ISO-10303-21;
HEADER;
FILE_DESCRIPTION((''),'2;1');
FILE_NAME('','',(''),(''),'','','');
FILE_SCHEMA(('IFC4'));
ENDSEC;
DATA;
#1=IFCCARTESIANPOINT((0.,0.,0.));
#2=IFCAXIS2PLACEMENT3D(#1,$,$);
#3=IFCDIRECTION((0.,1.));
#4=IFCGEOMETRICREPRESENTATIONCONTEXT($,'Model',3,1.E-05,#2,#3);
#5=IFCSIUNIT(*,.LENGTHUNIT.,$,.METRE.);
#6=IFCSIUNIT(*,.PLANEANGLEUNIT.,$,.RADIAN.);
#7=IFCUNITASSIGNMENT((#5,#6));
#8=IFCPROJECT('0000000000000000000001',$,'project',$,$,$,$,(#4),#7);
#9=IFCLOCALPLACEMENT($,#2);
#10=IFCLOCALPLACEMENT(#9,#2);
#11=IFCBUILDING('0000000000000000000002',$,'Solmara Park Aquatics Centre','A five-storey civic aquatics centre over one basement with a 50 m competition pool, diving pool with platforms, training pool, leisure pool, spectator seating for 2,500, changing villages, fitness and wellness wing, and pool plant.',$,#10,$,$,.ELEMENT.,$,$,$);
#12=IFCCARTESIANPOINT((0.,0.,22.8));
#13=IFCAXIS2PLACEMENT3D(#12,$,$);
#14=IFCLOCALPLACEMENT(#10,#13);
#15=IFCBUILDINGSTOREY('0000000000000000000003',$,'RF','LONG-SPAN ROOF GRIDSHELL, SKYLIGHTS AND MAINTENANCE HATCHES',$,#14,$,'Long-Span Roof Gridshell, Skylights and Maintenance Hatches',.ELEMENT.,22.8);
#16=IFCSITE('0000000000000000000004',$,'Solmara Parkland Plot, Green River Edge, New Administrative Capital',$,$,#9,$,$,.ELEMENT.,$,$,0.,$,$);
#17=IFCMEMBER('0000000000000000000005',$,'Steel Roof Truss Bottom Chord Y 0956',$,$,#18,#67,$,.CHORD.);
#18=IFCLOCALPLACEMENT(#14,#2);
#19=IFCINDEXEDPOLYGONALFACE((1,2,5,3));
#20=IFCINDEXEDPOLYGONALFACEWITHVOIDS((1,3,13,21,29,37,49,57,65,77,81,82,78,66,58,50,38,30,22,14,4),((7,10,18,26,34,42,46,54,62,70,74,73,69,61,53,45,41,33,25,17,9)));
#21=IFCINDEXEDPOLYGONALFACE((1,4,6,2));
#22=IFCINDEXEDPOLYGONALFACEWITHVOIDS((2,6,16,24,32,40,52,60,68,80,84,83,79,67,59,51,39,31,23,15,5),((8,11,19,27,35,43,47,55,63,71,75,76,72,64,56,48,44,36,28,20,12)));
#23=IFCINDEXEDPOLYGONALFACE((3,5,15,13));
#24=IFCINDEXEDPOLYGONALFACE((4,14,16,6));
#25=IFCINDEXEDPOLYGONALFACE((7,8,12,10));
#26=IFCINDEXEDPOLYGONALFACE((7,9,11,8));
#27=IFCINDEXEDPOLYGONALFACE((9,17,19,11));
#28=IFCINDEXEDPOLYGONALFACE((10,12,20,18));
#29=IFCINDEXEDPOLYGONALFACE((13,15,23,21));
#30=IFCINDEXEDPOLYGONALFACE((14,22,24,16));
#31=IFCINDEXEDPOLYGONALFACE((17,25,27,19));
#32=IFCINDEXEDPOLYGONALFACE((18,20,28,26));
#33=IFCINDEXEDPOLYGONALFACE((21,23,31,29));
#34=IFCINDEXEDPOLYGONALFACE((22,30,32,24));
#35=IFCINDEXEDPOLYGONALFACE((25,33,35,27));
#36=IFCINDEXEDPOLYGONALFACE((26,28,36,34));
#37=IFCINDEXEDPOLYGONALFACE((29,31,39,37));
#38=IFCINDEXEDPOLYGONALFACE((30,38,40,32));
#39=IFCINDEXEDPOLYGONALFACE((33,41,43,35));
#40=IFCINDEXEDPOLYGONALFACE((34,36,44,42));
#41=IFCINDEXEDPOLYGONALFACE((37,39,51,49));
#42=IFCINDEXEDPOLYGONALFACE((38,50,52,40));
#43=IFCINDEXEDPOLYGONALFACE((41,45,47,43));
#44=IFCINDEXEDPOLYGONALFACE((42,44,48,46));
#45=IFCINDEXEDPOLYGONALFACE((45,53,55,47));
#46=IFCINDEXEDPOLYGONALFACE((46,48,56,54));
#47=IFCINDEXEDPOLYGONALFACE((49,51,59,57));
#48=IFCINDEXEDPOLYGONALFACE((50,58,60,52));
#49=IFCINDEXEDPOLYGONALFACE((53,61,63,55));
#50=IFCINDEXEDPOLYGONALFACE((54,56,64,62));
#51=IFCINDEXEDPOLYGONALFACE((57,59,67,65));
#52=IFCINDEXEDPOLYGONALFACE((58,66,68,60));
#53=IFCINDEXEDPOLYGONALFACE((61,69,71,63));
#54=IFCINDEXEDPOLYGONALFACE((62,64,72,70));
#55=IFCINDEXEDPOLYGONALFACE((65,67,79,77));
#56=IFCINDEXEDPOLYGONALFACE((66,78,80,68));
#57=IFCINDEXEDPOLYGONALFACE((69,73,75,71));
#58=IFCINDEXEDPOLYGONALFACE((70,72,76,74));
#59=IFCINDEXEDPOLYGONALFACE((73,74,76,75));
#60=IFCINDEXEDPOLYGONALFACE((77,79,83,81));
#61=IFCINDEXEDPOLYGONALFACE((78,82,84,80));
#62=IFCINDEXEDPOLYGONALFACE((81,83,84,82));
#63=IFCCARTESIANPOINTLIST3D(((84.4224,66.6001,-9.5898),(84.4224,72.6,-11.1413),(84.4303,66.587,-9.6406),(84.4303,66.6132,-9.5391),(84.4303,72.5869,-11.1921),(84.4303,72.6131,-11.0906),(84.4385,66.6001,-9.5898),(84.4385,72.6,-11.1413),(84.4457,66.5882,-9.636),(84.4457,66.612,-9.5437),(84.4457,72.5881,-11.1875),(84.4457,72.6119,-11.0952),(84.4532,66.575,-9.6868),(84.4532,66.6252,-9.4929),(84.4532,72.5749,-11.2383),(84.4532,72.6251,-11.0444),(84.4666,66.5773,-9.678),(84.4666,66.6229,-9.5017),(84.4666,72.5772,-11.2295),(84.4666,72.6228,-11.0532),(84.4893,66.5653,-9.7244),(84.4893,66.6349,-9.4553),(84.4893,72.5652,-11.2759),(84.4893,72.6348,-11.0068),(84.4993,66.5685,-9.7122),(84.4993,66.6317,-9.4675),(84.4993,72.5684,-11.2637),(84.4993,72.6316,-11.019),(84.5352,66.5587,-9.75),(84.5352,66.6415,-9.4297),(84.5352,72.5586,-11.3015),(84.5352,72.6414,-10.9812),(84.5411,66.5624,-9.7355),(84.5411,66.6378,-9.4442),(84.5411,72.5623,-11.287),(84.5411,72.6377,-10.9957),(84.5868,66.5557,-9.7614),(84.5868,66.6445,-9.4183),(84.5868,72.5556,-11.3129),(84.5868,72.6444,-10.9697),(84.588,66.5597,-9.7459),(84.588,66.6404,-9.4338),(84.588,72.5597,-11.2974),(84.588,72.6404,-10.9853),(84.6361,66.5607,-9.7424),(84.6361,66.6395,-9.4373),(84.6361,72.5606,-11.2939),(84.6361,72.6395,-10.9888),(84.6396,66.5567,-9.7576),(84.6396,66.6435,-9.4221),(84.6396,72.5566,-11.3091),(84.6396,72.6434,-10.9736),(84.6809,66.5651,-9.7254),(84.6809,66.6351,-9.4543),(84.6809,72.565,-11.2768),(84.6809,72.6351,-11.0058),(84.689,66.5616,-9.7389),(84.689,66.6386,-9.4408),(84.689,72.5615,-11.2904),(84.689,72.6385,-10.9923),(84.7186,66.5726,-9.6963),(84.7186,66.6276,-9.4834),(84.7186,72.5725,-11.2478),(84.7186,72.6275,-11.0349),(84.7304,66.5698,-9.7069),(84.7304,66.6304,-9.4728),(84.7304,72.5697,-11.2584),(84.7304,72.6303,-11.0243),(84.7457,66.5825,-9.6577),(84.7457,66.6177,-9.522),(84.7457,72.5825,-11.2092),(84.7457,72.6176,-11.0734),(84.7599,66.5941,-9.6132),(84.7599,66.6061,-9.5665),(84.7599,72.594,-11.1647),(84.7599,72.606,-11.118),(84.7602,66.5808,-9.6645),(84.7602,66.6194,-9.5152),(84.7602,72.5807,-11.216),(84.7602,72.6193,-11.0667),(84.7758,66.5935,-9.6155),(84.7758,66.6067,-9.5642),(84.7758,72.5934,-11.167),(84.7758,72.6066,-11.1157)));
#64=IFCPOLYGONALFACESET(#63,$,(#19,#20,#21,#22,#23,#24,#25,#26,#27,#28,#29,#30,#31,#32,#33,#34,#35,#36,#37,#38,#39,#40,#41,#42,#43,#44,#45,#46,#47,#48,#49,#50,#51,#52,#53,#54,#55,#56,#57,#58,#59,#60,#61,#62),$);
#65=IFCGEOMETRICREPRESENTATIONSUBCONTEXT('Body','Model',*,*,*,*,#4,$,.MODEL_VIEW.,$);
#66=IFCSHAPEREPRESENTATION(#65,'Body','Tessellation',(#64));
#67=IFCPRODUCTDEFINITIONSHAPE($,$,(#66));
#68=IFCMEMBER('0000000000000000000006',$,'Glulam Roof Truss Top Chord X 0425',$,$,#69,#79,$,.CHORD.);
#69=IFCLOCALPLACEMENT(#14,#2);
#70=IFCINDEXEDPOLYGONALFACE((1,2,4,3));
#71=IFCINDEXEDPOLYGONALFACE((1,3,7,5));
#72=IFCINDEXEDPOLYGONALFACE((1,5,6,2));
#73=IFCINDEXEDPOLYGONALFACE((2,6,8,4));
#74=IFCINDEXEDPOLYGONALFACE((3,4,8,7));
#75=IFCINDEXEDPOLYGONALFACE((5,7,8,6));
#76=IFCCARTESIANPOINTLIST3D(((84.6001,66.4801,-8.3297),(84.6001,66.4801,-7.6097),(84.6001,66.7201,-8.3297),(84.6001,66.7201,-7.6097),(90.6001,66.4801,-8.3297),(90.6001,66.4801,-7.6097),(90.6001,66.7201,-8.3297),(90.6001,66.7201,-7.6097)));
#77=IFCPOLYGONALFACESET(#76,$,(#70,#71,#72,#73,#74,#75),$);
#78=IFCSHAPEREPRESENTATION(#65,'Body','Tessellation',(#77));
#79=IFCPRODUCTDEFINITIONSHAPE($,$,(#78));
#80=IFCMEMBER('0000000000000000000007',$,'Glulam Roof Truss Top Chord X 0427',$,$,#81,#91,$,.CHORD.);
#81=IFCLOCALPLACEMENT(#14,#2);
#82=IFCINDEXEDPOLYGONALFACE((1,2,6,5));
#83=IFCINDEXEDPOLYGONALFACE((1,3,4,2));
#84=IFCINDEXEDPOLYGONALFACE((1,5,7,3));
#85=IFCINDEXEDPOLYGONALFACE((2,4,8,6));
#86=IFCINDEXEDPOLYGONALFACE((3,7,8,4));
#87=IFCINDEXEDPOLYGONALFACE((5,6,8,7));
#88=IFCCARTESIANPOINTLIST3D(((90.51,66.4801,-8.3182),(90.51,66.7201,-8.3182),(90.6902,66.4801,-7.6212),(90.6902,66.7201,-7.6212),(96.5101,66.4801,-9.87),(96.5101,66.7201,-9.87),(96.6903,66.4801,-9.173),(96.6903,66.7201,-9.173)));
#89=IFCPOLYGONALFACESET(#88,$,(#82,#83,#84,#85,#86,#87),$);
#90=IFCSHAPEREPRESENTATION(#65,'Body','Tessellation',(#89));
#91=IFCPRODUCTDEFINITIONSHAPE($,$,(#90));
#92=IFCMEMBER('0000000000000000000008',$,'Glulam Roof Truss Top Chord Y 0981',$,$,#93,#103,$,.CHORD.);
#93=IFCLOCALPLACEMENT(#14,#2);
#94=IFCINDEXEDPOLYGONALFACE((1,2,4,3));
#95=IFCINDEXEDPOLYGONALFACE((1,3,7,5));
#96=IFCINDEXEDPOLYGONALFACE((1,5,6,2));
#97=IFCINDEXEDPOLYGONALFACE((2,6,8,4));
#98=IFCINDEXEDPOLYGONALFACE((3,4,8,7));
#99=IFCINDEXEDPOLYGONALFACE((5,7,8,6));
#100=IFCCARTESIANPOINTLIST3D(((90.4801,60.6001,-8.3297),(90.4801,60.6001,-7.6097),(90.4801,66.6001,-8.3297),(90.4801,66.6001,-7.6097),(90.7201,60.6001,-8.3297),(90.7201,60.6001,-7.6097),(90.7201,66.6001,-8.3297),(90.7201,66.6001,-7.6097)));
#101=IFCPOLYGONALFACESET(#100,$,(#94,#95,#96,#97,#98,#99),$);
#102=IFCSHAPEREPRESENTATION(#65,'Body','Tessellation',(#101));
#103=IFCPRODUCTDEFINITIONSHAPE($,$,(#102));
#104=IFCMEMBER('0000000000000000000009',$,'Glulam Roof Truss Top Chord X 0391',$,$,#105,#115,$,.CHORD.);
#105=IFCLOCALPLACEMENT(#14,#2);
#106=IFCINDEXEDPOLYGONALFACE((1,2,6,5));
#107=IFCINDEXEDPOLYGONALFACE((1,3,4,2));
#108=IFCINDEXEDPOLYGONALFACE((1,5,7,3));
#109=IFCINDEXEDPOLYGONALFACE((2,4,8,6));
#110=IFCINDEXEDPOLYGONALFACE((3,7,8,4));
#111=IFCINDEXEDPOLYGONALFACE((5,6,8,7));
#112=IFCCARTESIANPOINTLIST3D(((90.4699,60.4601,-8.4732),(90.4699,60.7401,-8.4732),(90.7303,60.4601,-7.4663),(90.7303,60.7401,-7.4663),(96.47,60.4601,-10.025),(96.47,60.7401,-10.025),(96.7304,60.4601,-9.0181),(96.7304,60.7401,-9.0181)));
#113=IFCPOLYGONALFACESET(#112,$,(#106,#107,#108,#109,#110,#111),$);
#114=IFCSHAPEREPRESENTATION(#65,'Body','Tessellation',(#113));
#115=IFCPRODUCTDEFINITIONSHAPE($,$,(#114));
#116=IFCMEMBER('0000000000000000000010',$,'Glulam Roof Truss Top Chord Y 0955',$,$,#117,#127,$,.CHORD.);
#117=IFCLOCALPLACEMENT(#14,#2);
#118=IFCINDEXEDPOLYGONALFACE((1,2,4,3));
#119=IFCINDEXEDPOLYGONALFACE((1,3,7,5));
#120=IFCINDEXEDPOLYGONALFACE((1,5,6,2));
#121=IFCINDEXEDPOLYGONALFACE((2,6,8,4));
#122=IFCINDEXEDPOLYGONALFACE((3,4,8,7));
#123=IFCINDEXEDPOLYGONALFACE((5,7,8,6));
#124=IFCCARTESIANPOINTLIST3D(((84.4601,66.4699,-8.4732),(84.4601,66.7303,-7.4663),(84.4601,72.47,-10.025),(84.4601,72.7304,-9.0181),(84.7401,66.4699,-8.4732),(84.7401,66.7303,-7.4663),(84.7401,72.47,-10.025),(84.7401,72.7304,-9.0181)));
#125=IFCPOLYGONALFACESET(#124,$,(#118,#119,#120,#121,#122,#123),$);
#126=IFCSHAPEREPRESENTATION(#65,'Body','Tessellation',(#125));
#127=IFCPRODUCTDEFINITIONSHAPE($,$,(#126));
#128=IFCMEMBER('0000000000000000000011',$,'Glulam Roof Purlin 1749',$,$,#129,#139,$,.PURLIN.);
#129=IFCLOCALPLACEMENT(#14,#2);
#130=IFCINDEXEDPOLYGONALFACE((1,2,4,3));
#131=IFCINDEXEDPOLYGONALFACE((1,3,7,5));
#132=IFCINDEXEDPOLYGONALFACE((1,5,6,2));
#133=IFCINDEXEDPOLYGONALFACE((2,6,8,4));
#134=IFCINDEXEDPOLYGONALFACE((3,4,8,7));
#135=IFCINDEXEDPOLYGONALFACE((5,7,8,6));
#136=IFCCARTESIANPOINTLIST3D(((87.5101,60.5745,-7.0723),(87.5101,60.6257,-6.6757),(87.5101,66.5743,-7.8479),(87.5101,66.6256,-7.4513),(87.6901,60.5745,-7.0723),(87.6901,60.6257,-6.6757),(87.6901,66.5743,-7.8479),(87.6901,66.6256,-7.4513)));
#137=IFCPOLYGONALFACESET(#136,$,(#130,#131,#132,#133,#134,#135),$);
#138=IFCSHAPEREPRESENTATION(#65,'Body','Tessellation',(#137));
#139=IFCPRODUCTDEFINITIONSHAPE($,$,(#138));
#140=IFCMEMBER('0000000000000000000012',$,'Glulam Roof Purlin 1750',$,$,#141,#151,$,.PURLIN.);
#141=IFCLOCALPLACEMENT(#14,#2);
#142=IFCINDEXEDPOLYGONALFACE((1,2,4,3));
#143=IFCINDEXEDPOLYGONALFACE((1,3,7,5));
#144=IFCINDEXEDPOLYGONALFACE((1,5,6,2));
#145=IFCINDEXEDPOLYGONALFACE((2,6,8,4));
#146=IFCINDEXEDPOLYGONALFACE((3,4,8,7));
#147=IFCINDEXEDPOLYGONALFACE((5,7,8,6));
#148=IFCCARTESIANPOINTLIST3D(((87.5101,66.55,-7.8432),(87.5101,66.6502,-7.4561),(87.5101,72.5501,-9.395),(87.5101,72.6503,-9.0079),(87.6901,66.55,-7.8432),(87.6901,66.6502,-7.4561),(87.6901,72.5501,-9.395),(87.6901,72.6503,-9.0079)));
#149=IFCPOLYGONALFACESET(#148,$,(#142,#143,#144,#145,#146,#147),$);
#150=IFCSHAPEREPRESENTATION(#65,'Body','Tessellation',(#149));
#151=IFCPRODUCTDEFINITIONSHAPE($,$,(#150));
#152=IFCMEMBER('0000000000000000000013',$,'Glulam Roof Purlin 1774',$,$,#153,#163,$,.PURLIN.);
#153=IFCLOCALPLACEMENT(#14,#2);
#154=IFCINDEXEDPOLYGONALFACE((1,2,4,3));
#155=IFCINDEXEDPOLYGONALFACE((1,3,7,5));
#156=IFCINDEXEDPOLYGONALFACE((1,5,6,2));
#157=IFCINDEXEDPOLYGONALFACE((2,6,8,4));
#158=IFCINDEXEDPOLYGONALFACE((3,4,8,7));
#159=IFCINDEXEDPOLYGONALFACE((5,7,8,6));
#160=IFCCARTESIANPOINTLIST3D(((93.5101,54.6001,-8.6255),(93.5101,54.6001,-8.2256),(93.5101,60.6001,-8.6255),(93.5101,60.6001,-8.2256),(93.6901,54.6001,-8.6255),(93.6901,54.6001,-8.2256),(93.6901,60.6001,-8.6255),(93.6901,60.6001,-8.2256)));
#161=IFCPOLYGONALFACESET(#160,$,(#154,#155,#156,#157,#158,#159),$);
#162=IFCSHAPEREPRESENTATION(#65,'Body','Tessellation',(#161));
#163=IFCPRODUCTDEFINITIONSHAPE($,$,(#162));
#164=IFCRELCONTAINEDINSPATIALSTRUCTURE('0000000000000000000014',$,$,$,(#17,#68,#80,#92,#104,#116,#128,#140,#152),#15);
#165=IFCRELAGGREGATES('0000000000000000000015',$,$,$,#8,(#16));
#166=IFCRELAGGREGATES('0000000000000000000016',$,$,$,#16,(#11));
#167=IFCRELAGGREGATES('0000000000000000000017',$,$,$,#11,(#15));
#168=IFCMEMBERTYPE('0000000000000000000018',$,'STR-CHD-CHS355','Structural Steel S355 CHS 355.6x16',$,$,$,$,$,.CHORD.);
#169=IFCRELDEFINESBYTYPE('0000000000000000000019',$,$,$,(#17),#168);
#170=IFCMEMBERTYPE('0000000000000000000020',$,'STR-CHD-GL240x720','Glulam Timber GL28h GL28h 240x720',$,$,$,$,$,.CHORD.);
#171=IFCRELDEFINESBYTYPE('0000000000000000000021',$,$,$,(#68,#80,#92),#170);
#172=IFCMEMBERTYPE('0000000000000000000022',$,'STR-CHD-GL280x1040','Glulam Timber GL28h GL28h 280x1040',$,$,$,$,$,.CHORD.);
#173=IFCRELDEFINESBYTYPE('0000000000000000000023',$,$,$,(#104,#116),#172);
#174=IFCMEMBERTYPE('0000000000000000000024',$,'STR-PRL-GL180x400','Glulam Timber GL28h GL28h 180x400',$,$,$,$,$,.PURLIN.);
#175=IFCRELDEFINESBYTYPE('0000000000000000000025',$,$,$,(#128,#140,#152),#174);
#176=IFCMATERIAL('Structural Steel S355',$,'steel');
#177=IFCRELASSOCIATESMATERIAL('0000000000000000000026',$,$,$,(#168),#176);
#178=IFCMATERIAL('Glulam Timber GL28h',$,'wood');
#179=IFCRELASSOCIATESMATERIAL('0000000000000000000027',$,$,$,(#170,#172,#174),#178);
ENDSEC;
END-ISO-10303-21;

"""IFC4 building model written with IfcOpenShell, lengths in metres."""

from ifc_helpers import new_model, si_unit, direction, frame, origin, origin_2d, place, context, subcontext, project, spatial, rectangle, hollow_circle, extrude, material, material_profile, profile_set, type_object, element, save


model = new_model("IFC4")

# Units and contexts
model_context = context("Model", 3, precision=1e-05, world=origin(), true_north=direction((0.0, 1.0)))
body_context = subcontext(model_context, "Body", "Model", "MODEL_VIEW")
ifc_project = project(units=[si_unit("LENGTHUNIT", "METRE"), si_unit("PLANEANGLEUNIT", "RADIAN")], contexts=[model_context])

# Site, building, storey
site_placement = place(None, origin())
site = spatial("IfcSite", under=ifc_project, at=site_placement, Name="Solmara Parkland Plot, Green River Edge, New Administrative Capital", CompositionType="ELEMENT", RefElevation=0.0)
building_placement = place(site_placement, origin())
building = spatial("IfcBuilding", under=site, at=building_placement, Name="Solmara Park Aquatics Centre", Description="A five-storey civic aquatics centre over one basement with a 50 m competition pool, diving pool with platforms, training pool, leisure pool, spectator seating for 2,500, changing villages, fitness and wellness wing, and pool plant.", CompositionType="ELEMENT")
storey_placement = place(building_placement, frame((0.0, 0.0, 22.8)))
storey = spatial("IfcBuildingStorey", under=building, at=storey_placement, Name="RF", Description="LONG-SPAN ROOF GRIDSHELL, SKYLIGHTS AND MAINTENANCE HATCHES", LongName="Long-Span Roof Gridshell, Skylights and Maintenance Hatches", CompositionType="ELEMENT", Elevation=22.8)

# Members
ifc_material_1 = material(Name="Structural Steel S355", Category="steel")
ifc_material_profile_1 = material_profile(ifc_material_1, hollow_circle(Radius=0.1777, WallThickness=0.0161, at=origin_2d()), Name="CHS 355.6x16")
ifc_profile_set_1 = profile_set([ifc_material_profile_1], Name="Structural Steel S355")
member_type_1 = type_object("IfcMemberType", Name="STR-CHD-CHS355", Description="Structural Steel S355 CHS 355.6x16", PredefinedType="CHORD", material=ifc_profile_set_1)
for number, where, z_axis, x_axis, name in (
    (1, (84.6001, 66.6001, -9.5898), (0.0, 0.968155, -0.250351), (-1.0, 0.0, 0.0), "Steel Roof Truss Bottom Chord Y 0956"),
):
    element("IfcMember", number, at=place(storey_placement, frame(where, z_axis=z_axis, x_axis=x_axis)), inside=storey, type_object=member_type_1, Name=name, PredefinedType="CHORD", context=body_context, shape_type="SweptSolid", body=[
        extrude(hollow_circle(Radius=0.1777, WallThickness=0.0161, at=origin_2d()), origin(), (0.0, 0.0, 1.0), 6.1973),
    ])
ifc_material_2 = material(Name="Glulam Timber GL28h", Category="wood")
ifc_material_profile_2 = material_profile(ifc_material_2, rectangle(XDim=0.24, YDim=0.72, at=origin_2d()), Name="GL28h 240x720")
ifc_profile_set_2 = profile_set([ifc_material_profile_2], Name="Glulam Timber GL28h")
member_type_2 = type_object("IfcMemberType", Name="STR-CHD-GL240x720", Description="Glulam Timber GL28h GL28h 240x720", PredefinedType="CHORD", material=ifc_profile_set_2)
member_1_placement = place(storey_placement, frame((84.6001, 66.6001, -7.9697), z_axis=(1.0, 0.0, 0.0), x_axis=(0.0, 1.0, 0.0)))
element("IfcMember", 2, at=member_1_placement, inside=storey, type_object=member_type_2, Name="Glulam Roof Truss Top Chord X 0425", PredefinedType="CHORD", context=body_context, shape_type="SweptSolid", body=[
    extrude(rectangle(XDim=0.24, YDim=0.72, at=origin_2d()), origin(), (0.0, 0.0, 1.0), 6.0),
])
member_2_placement = place(storey_placement, frame((90.6001, 66.6001, -7.9697), z_axis=(0.968146, 0.0, -0.250388), x_axis=(0.0, 1.0, 0.0)))
element("IfcMember", 3, at=member_2_placement, inside=storey, type_object=member_type_2, Name="Glulam Roof Truss Top Chord X 0427", PredefinedType="CHORD", context=body_context, shape_type="SweptSolid", body=[
    extrude(rectangle(XDim=0.24, YDim=0.72, at=origin_2d()), origin(), (0.0, 0.0, 1.0), 6.1975),
])
member_3_placement = place(storey_placement, frame((90.6001, 60.6001, -7.9697), z_axis=(0.0, 1.0, 0.0), x_axis=(-1.0, 0.0, 0.0)))
element("IfcMember", 4, at=member_3_placement, inside=storey, type_object=member_type_2, Name="Glulam Roof Truss Top Chord Y 0981", PredefinedType="CHORD", context=body_context, shape_type="SweptSolid", body=[
    extrude(rectangle(XDim=0.24, YDim=0.72, at=origin_2d()), origin(), (0.0, 0.0, 1.0), 6.0),
])
ifc_material_profile_3 = material_profile(ifc_material_2, rectangle(XDim=0.28, YDim=1.04, at=origin_2d()), Name="GL28h 280x1040")
ifc_profile_set_3 = profile_set([ifc_material_profile_3], Name="Glulam Timber GL28h")
member_type_3 = type_object("IfcMemberType", Name="STR-CHD-GL280x1040", Description="Glulam Timber GL28h GL28h 280x1040", PredefinedType="CHORD", material=ifc_profile_set_3)
for number, where, z_axis, x_axis, name in (
    (5, (90.6001, 60.6001, -7.9697), (0.968146, 0.0, -0.250388), (0.0, 1.0, 0.0), "Glulam Roof Truss Top Chord X 0391"),
    (6, (84.6001, 66.6001, -7.9697), (0.0, 0.968146, -0.250388), (-1.0, 0.0, 0.0), "Glulam Roof Truss Top Chord Y 0955"),
):
    element("IfcMember", number, at=place(storey_placement, frame(where, z_axis=z_axis, x_axis=x_axis)), inside=storey, type_object=member_type_3, Name=name, PredefinedType="CHORD", context=body_context, shape_type="SweptSolid", body=[
        extrude(rectangle(XDim=0.28, YDim=1.04, at=origin_2d()), origin(), (0.0, 0.0, 1.0), 6.1975),
    ])
ifc_material_profile_4 = material_profile(ifc_material_2, rectangle(XDim=0.1799, YDim=0.3999, at=origin_2d()), Name="GL28h 180x400")
ifc_profile_set_4 = profile_set([ifc_material_profile_4], Name="Glulam Timber GL28h")
member_type_4 = type_object("IfcMemberType", Name="STR-PRL-GL180x400", Description="Glulam Timber GL28h GL28h 180x400", PredefinedType="PURLIN", material=ifc_profile_set_4)
member_4_placement = place(storey_placement, frame((87.6001, 60.6001, -6.874), z_axis=(0.0, 0.991748, -0.128206), x_axis=(-1.0, 0.0, 0.0)))
element("IfcMember", 7, at=member_4_placement, inside=storey, type_object=member_type_4, Name="Glulam Roof Purlin 1749", PredefinedType="PURLIN", context=body_context, shape_type="SweptSolid", body=[
    extrude(rectangle(XDim=0.1799, YDim=0.3999, at=origin_2d()), origin(), (0.0, 0.0, 1.0), 6.0498),
])
member_5_placement = place(storey_placement, frame((87.6001, 66.6001, -7.6497), z_axis=(0.0, 0.968146, -0.250388), x_axis=(-1.0, 0.0, 0.0)))
element("IfcMember", 8, at=member_5_placement, inside=storey, type_object=member_type_4, Name="Glulam Roof Purlin 1750", PredefinedType="PURLIN", context=body_context, shape_type="SweptSolid", body=[
    extrude(rectangle(XDim=0.1799, YDim=0.3999, at=origin_2d()), origin(), (0.0, 0.0, 1.0), 6.1975),
])
member_6_placement = place(storey_placement, frame((93.6001, 54.6001, -8.4255), z_axis=(0.0, 1.0, 0.0), x_axis=(-1.0, 0.0, 0.0)))
element("IfcMember", 9, at=member_6_placement, inside=storey, type_object=member_type_4, Name="Glulam Roof Purlin 1774", PredefinedType="PURLIN", context=body_context, shape_type="SweptSolid", body=[
    extrude(rectangle(XDim=0.1799, YDim=0.3999, at=origin_2d()), origin(), (0.0, 0.0, 1.0), 6.0),
])

save(model, "model.ifc")
